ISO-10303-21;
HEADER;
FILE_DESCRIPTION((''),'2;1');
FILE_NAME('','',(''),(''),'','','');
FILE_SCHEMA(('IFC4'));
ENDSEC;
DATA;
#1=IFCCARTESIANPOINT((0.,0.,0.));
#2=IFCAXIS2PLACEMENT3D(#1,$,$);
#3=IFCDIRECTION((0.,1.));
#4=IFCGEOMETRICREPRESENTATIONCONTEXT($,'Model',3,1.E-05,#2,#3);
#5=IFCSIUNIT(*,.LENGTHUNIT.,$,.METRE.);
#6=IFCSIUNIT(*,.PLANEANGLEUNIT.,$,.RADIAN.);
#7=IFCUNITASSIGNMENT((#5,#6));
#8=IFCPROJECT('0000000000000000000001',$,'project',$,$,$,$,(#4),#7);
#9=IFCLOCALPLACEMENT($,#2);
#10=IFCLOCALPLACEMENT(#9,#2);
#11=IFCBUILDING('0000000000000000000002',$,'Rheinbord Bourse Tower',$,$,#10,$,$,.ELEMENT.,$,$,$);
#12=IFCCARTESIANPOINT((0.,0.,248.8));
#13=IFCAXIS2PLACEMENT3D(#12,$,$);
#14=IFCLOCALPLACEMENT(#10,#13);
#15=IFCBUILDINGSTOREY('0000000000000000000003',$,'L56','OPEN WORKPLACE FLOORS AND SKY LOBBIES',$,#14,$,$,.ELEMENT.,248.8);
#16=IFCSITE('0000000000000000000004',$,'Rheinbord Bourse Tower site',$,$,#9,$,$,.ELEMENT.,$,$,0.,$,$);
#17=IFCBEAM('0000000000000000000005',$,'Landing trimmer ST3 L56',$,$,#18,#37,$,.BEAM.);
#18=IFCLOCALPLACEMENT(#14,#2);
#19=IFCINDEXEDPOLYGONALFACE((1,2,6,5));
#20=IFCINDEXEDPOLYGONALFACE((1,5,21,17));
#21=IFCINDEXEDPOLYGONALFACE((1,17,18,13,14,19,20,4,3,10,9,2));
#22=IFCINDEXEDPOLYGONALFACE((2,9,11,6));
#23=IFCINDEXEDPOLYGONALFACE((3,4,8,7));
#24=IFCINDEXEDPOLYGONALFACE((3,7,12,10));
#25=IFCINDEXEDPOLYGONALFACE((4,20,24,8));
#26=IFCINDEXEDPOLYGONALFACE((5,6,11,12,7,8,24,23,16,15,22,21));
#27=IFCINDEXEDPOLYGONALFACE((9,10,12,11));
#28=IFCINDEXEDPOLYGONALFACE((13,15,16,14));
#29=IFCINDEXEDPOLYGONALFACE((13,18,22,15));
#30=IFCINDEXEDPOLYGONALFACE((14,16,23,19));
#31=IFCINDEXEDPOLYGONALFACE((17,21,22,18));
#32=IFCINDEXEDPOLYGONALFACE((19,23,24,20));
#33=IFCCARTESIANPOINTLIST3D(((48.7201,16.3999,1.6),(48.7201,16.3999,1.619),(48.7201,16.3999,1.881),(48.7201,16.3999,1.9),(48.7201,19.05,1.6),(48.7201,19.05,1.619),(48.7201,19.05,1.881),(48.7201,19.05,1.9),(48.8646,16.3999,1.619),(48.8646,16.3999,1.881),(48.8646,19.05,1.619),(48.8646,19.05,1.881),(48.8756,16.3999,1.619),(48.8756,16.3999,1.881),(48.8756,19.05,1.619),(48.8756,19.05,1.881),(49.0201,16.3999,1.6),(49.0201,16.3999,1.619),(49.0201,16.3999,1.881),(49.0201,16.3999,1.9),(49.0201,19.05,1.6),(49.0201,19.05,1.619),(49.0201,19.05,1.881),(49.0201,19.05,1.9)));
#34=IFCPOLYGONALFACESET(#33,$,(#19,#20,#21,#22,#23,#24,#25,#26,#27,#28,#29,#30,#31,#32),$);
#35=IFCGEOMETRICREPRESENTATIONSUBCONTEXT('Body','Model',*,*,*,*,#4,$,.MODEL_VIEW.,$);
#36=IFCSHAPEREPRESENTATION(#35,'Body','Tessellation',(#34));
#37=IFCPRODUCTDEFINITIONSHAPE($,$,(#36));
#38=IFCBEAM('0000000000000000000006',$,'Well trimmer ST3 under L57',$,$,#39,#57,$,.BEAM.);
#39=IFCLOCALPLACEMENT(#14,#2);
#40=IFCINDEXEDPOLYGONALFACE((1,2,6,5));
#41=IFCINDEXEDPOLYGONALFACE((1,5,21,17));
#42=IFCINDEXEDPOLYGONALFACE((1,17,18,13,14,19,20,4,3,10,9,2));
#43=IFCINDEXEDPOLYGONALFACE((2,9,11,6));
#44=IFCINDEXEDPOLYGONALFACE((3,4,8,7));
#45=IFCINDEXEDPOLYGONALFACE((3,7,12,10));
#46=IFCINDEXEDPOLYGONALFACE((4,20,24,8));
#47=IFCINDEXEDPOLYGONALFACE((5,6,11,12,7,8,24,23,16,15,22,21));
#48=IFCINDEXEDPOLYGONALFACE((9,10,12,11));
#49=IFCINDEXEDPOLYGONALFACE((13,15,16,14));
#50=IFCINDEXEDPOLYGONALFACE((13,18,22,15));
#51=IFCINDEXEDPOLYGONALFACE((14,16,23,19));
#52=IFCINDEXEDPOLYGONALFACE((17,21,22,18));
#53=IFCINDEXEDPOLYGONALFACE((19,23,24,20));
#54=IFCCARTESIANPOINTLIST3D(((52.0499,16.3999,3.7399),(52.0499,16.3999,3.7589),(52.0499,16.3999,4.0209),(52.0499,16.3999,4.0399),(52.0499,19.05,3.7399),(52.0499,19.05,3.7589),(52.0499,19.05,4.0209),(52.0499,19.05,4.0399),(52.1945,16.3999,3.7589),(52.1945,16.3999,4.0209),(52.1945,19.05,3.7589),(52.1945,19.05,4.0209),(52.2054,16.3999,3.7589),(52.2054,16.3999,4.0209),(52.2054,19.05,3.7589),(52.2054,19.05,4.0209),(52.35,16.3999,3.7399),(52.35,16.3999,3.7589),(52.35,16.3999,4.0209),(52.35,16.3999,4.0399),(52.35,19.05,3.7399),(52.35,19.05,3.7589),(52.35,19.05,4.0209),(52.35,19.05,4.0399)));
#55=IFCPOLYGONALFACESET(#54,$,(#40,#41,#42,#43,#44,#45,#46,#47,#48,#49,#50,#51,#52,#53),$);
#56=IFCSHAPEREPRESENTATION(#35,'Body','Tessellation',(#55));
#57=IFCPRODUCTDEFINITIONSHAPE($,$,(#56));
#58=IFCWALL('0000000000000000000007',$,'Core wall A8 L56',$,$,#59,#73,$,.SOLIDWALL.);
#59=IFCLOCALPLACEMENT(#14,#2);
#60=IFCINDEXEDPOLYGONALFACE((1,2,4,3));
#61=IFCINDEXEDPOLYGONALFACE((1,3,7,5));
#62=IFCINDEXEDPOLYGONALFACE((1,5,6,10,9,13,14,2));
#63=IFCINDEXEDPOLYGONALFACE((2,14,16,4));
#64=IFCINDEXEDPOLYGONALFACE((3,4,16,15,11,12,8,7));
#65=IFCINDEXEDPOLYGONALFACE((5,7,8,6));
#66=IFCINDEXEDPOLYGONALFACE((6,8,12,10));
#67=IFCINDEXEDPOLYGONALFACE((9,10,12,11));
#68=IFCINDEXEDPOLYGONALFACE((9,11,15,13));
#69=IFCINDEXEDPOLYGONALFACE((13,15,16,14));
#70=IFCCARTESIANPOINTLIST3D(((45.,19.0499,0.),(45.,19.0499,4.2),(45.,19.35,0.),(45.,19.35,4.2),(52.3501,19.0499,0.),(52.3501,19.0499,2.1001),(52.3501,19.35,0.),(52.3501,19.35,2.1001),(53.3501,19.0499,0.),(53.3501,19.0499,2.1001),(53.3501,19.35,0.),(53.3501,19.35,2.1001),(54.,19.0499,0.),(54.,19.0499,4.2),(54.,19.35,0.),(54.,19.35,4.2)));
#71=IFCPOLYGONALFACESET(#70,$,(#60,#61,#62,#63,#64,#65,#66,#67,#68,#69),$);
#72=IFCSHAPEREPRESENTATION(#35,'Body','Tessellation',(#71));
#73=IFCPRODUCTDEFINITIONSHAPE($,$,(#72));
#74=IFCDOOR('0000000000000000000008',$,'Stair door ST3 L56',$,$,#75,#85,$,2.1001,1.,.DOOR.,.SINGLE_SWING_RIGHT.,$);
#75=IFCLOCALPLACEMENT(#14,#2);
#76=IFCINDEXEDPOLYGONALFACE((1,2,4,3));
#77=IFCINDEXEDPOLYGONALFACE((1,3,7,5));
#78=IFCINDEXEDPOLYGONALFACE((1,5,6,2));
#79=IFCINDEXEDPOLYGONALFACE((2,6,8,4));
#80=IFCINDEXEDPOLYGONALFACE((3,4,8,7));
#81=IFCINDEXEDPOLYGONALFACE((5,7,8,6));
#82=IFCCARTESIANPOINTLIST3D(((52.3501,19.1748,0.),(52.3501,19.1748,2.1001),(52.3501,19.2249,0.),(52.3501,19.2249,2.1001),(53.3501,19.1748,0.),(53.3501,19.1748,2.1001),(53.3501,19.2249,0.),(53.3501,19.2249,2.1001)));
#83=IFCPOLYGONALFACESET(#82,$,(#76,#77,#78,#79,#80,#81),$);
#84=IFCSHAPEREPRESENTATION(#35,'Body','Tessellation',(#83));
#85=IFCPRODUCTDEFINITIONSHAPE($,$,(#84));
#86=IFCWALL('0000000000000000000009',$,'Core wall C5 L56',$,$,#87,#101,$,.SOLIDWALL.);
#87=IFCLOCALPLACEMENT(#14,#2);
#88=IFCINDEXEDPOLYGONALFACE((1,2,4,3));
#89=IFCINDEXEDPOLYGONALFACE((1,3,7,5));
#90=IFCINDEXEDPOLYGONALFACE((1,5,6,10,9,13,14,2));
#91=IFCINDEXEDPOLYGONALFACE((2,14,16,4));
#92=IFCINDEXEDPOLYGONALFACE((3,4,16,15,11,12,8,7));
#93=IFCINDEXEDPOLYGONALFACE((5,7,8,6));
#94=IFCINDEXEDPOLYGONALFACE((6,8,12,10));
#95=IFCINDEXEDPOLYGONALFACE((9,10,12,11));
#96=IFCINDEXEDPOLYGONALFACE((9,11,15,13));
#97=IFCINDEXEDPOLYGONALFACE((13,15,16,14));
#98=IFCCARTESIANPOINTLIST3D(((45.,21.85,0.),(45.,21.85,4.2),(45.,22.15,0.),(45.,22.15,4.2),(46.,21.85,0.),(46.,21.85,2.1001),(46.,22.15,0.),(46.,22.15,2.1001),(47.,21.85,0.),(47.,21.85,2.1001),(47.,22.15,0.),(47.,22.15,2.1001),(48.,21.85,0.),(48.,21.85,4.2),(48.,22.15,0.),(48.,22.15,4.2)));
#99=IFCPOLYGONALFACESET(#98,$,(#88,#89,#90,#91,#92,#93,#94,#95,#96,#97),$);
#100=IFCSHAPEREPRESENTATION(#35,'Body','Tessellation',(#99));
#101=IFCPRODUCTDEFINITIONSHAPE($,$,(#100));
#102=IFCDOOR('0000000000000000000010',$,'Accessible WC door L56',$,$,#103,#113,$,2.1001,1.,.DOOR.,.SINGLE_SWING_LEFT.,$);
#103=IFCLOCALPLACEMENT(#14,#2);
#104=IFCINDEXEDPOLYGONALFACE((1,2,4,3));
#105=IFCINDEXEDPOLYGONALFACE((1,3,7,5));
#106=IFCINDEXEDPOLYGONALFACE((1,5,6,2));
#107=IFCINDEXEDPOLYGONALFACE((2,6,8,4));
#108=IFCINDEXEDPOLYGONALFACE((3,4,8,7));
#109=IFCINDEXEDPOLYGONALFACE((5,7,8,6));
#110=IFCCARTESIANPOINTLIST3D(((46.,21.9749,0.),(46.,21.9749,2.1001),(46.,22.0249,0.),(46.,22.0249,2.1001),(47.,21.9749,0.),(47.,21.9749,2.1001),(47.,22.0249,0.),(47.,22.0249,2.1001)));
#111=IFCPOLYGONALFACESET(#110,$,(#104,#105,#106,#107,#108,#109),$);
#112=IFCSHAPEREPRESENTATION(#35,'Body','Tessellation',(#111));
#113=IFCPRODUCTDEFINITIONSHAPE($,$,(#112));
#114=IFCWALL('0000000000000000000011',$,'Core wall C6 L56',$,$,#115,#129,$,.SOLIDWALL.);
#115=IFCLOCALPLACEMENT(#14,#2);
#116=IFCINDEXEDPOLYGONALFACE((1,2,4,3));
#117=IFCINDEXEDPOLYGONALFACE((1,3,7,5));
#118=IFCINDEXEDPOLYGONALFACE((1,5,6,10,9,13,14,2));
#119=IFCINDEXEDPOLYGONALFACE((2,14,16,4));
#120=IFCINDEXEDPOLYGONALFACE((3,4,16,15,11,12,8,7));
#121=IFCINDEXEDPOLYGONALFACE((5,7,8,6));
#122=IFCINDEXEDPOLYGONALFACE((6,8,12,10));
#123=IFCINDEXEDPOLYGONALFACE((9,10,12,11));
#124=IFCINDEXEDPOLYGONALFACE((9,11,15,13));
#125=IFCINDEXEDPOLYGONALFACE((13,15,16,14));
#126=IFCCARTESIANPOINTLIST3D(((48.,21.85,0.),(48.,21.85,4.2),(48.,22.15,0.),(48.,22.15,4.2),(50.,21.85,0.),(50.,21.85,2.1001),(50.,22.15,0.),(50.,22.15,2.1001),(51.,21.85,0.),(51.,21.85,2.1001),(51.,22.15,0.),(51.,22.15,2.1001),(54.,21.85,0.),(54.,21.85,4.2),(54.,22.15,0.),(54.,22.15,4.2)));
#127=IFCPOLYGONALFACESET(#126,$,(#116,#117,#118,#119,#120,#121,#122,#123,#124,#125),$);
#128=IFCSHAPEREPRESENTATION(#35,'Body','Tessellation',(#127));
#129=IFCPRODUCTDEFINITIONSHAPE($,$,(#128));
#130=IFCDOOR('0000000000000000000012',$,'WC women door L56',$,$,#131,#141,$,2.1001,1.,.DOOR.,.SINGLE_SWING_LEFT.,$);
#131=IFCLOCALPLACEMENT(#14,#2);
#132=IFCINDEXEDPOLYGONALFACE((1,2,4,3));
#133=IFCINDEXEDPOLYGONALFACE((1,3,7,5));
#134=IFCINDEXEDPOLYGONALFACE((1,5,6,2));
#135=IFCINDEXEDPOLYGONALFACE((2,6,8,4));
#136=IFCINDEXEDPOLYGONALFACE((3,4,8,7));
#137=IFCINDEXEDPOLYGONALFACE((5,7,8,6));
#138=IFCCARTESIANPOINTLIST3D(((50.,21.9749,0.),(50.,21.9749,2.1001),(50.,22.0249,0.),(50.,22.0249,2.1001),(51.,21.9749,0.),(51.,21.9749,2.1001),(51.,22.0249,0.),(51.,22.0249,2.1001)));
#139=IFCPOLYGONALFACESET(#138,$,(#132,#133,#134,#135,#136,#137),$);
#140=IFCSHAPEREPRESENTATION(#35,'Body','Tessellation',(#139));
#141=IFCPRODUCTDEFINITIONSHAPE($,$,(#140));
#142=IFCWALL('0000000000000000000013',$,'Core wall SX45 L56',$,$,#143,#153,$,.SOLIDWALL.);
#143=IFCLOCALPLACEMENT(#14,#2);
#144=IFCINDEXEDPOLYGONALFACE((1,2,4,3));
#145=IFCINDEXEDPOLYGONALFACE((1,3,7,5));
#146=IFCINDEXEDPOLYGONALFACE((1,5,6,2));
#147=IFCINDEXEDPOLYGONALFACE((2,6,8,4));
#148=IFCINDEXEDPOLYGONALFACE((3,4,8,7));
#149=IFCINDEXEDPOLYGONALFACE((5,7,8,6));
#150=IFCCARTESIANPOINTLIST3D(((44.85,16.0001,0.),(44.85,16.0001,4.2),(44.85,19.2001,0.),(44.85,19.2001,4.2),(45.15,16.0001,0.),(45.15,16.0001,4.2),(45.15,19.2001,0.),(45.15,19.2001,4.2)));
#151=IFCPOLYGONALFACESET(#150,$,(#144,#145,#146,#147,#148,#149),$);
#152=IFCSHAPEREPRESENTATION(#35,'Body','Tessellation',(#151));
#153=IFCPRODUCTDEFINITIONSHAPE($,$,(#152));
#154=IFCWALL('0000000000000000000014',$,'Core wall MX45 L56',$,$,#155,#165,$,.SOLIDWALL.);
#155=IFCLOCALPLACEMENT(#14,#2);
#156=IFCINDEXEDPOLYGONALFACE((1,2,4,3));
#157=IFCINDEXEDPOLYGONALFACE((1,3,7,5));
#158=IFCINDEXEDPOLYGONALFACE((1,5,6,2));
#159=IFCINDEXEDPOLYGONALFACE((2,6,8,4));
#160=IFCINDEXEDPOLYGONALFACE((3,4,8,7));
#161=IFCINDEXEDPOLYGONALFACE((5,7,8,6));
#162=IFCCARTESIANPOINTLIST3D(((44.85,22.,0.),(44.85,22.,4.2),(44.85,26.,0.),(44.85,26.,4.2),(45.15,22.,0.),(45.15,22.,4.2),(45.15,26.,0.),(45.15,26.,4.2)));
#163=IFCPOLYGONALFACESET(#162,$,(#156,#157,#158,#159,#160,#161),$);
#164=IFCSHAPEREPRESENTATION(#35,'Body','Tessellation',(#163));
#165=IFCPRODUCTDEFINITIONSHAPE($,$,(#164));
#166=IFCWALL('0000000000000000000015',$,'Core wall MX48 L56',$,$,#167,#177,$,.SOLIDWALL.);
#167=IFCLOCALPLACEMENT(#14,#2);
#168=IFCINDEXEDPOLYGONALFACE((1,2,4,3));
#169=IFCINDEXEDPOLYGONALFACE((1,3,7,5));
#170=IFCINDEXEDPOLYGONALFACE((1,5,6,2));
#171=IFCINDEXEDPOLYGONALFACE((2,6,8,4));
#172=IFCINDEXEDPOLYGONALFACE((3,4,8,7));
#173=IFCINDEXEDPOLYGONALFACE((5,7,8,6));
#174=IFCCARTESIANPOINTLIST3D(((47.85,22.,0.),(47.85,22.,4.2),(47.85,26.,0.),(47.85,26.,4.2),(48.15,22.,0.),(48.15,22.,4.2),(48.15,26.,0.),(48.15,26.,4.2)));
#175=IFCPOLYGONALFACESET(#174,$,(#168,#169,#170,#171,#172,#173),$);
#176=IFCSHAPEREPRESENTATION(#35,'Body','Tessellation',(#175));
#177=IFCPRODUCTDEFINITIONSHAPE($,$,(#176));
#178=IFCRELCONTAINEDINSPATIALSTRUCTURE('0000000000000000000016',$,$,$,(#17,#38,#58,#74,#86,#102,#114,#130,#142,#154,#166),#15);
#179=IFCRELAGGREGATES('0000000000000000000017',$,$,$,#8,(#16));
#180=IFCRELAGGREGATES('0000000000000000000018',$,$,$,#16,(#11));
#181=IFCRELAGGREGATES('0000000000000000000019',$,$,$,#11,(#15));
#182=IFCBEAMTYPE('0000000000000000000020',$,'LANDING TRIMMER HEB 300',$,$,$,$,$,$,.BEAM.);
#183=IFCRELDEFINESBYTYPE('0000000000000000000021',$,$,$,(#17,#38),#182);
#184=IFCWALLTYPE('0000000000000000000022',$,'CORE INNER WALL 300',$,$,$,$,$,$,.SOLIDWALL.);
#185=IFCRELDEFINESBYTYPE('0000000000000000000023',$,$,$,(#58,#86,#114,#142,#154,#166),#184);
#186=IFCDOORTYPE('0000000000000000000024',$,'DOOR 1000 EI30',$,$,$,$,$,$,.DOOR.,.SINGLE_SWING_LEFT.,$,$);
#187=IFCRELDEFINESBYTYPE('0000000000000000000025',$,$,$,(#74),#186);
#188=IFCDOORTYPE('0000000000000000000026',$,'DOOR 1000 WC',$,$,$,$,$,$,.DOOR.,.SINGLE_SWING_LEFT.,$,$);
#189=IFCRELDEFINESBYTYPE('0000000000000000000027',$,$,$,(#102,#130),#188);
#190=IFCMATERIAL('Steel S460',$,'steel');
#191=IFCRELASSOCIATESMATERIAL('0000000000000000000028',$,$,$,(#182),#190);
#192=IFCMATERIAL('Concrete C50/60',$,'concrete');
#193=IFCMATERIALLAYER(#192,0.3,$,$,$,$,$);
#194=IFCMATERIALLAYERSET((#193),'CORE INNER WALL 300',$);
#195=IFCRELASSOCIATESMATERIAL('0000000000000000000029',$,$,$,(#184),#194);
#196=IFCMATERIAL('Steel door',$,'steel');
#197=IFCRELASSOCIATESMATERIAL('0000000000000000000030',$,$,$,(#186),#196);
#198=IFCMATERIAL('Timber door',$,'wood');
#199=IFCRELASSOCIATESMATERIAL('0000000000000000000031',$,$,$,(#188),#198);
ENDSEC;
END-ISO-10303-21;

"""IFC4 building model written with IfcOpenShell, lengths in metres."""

from ifc_helpers import new_model, si_unit, direction, frame, frame_2d, origin, origin_2d, place, context, subcontext, project, spatial, rectangle, i_section, extrude, material, layer, layer_set, material_profile, profile_set, type_object, element, fill, save


model = new_model("IFC4")

# Units and contexts
model_context = context("Model", 3, precision=1e-05, world=origin(), true_north=direction((0.0, 1.0)))
body_context = subcontext(model_context, "Body", "Model", "MODEL_VIEW")
ifc_project = project(units=[si_unit("LENGTHUNIT", "METRE"), si_unit("PLANEANGLEUNIT", "RADIAN")], contexts=[model_context])

# Site, building, storey
site_placement = place(None, origin())
site = spatial("IfcSite", under=ifc_project, at=site_placement, Name="Rheinbord Bourse Tower site", CompositionType="ELEMENT", RefElevation=0.0)
building_placement = place(site_placement, origin())
building = spatial("IfcBuilding", under=site, at=building_placement, Name="Rheinbord Bourse Tower", CompositionType="ELEMENT")
storey_placement = place(building_placement, frame((0.0, 0.0, 248.8)))
storey = spatial("IfcBuildingStorey", under=building, at=storey_placement, Name="L56", Description="OPEN WORKPLACE FLOORS AND SKY LOBBIES", CompositionType="ELEMENT", Elevation=248.8)

# Beams
ifc_material_1 = material(Name="Steel S460", Category="steel")
ifc_material_profile = material_profile(ifc_material_1, i_section(OverallWidth=0.3, OverallDepth=0.3, WebThickness=0.011, FlangeThickness=0.019, at=origin_2d()), Name="HEB 300")
ifc_profile_set = profile_set([ifc_material_profile], Name="Steel S460")
beam_type = type_object("IfcBeamType", Name="LANDING TRIMMER HEB 300", PredefinedType="BEAM", material=ifc_profile_set)
for number, where, z_axis, x_axis, name in (
    (1, (48.8701, 16.3999, 1.75), (0.0, 1.0, 0.0), (-1.0, 0.0, 0.0), "Landing trimmer ST3 L56"),
    (2, (52.2, 16.3999, 3.8899), (0.0, 1.0, 0.0), (-1.0, 0.0, 0.0), "Well trimmer ST3 under L57"),
):
    element("IfcBeam", number, at=place(storey_placement, frame(where, z_axis=z_axis, x_axis=x_axis)), inside=storey, type_object=beam_type, Name=name, PredefinedType="BEAM", context=body_context, shape_type="SweptSolid", body=[
        extrude(i_section(OverallWidth=0.3, OverallDepth=0.3, WebThickness=0.011, FlangeThickness=0.019, at=origin_2d()), origin(), (0.0, 0.0, 1.0), 2.6501),
    ])

# Walls, openings, doors
ifc_material_2 = material(Name="Concrete C50/60", Category="concrete")
ifc_layer_1 = layer(ifc_material_2, 0.3)
ifc_layer_set_1 = layer_set([ifc_layer_1], Name="CORE INNER WALL 300")
wall_type_1 = type_object("IfcWallType", Name="CORE INNER WALL 300", PredefinedType="SOLIDWALL", material=ifc_layer_set_1)
wall_1_placement = place(storey_placement, frame((45.0, 19.2, 0.0), z_axis=(0.0, 0.0, 1.0), x_axis=(1.0, 0.0, 0.0)))
wall_1 = element("IfcWall", 3, at=wall_1_placement, inside=storey, type_object=wall_type_1, Name="Core wall A8 L56", PredefinedType="SOLIDWALL", context=body_context, shape_type="SweptSolid", body=[
    extrude(rectangle(XDim=9.0, YDim=0.3, at=frame_2d((4.5, 0.0))), origin(), (0.0, 0.0, 1.0), 4.2),
])
opening_1_placement = place(wall_1_placement, frame((7.3501, 0.0, 0.0)))
opening_1 = element("IfcOpeningElement", 4, at=opening_1_placement, cuts=wall_1, PredefinedType="OPENING", context=body_context, shape_type="SweptSolid", body=[
    extrude(rectangle(XDim=1.0, YDim=2.1001, at=frame_2d((0.5, 1.05))), frame((0.0, 0.1599, 0.0), z_axis=(0.0, -1.0, 0.0), x_axis=(1.0, 0.0, 0.0)), (0.0, 0.0, 1.0), 0.3201),
])
ifc_material_3 = material(Name="Steel door", Category="steel")
door_type_1 = type_object("IfcDoorType", Name="DOOR 1000 EI30", OperationType="SINGLE_SWING_LEFT", PredefinedType="DOOR", material=ifc_material_3)
door_1_placement = place(opening_1_placement, origin())
door_1 = element("IfcDoor", 5, at=door_1_placement, inside=storey, type_object=door_type_1, Name="Stair door ST3 L56", OperationType="SINGLE_SWING_RIGHT", OverallHeight=2.1001, OverallWidth=1.0, PredefinedType="DOOR", context=body_context, shape_type="SweptSolid", body=[
    extrude(rectangle(XDim=1.0, YDim=2.1001, at=frame_2d((0.5, 1.05))), frame((0.0, 0.0249, 0.0), z_axis=(0.0, -1.0, 0.0), x_axis=(1.0, 0.0, 0.0)), (0.0, 0.0, 1.0), 0.05),
])
fill(opening_1, door_1)
wall_2_placement = place(storey_placement, frame((45.0, 22.0, 0.0), z_axis=(0.0, 0.0, 1.0), x_axis=(1.0, 0.0, 0.0)))
wall_2 = element("IfcWall", 6, at=wall_2_placement, inside=storey, type_object=wall_type_1, Name="Core wall C5 L56", PredefinedType="SOLIDWALL", context=body_context, shape_type="SweptSolid", body=[
    extrude(rectangle(XDim=3.0, YDim=0.3, at=frame_2d((1.5, 0.0))), origin(), (0.0, 0.0, 1.0), 4.2),
])
opening_2_placement = place(wall_2_placement, frame((1.0, 0.0, 0.0)))
opening_2 = element("IfcOpeningElement", 7, at=opening_2_placement, cuts=wall_2, PredefinedType="OPENING", context=body_context, shape_type="SweptSolid", body=[
    extrude(rectangle(XDim=1.0, YDim=2.1001, at=frame_2d((0.5, 1.05))), frame((0.0, 0.1599, 0.0), z_axis=(0.0, -1.0, 0.0), x_axis=(1.0, 0.0, 0.0)), (0.0, 0.0, 1.0), 0.3201),
])
ifc_material_4 = material(Name="Timber door", Category="wood")
door_type_2 = type_object("IfcDoorType", Name="DOOR 1000 WC", OperationType="SINGLE_SWING_LEFT", PredefinedType="DOOR", material=ifc_material_4)
door_2_placement = place(opening_2_placement, origin())
door_2 = element("IfcDoor", 8, at=door_2_placement, inside=storey, type_object=door_type_2, Name="Accessible WC door L56", OperationType="SINGLE_SWING_LEFT", OverallHeight=2.1001, OverallWidth=1.0, PredefinedType="DOOR", context=body_context, shape_type="SweptSolid", body=[
    extrude(rectangle(XDim=1.0, YDim=2.1001, at=frame_2d((0.5, 1.05))), frame((0.0, 0.0249, 0.0), z_axis=(0.0, -1.0, 0.0), x_axis=(1.0, 0.0, 0.0)), (0.0, 0.0, 1.0), 0.05),
])
fill(opening_2, door_2)
wall_3_placement = place(storey_placement, frame((48.0, 22.0, 0.0), z_axis=(0.0, 0.0, 1.0), x_axis=(1.0, 0.0, 0.0)))
wall_3 = element("IfcWall", 9, at=wall_3_placement, inside=storey, type_object=wall_type_1, Name="Core wall C6 L56", PredefinedType="SOLIDWALL", context=body_context, shape_type="SweptSolid", body=[
    extrude(rectangle(XDim=6.0, YDim=0.3, at=frame_2d((3.0, 0.0))), origin(), (0.0, 0.0, 1.0), 4.2),
])
opening_3_placement = place(wall_3_placement, frame((2.0, 0.0, 0.0)))
opening_3 = element("IfcOpeningElement", 10, at=opening_3_placement, cuts=wall_3, PredefinedType="OPENING", context=body_context, shape_type="SweptSolid", body=[
    extrude(rectangle(XDim=1.0, YDim=2.1001, at=frame_2d((0.5, 1.05))), frame((0.0, 0.1599, 0.0), z_axis=(0.0, -1.0, 0.0), x_axis=(1.0, 0.0, 0.0)), (0.0, 0.0, 1.0), 0.3201),
])
door_3_placement = place(opening_3_placement, origin())
door_3 = element("IfcDoor", 11, at=door_3_placement, inside=storey, type_object=door_type_2, Name="WC women door L56", OperationType="SINGLE_SWING_LEFT", OverallHeight=2.1001, OverallWidth=1.0, PredefinedType="DOOR", context=body_context, shape_type="SweptSolid", body=[
    extrude(rectangle(XDim=1.0, YDim=2.1001, at=frame_2d((0.5, 1.05))), frame((0.0, 0.0249, 0.0), z_axis=(0.0, -1.0, 0.0), x_axis=(1.0, 0.0, 0.0)), (0.0, 0.0, 1.0), 0.05),
])
fill(opening_3, door_3)

# Walls
wall_4_placement = place(storey_placement, frame((45.0, 16.0, 0.0), z_axis=(0.0, 0.0, 1.0), x_axis=(0.0, 1.0, 0.0)))
element("IfcWall", 12, at=wall_4_placement, inside=storey, type_object=wall_type_1, Name="Core wall SX45 L56", PredefinedType="SOLIDWALL", context=body_context, shape_type="SweptSolid", body=[
    extrude(rectangle(XDim=3.2, YDim=0.3, at=frame_2d((1.6001, 0.0))), origin(), (0.0, 0.0, 1.0), 4.2),
])
for number, where, z_axis, x_axis, name in (
    (13, (45.0, 22.0, 0.0), (0.0, 0.0, 1.0), (0.0, 1.0, 0.0), "Core wall MX45 L56"),
    (14, (48.0, 22.0, 0.0), (0.0, 0.0, 1.0), (0.0, 1.0, 0.0), "Core wall MX48 L56"),
):
    element("IfcWall", number, at=place(storey_placement, frame(where, z_axis=z_axis, x_axis=x_axis)), inside=storey, type_object=wall_type_1, Name=name, PredefinedType="SOLIDWALL", context=body_context, shape_type="SweptSolid", body=[
        extrude(rectangle(XDim=4.0, YDim=0.3, at=frame_2d((2.0, 0.0))), origin(), (0.0, 0.0, 1.0), 4.2),
    ])

save(model, "model.ifc")
